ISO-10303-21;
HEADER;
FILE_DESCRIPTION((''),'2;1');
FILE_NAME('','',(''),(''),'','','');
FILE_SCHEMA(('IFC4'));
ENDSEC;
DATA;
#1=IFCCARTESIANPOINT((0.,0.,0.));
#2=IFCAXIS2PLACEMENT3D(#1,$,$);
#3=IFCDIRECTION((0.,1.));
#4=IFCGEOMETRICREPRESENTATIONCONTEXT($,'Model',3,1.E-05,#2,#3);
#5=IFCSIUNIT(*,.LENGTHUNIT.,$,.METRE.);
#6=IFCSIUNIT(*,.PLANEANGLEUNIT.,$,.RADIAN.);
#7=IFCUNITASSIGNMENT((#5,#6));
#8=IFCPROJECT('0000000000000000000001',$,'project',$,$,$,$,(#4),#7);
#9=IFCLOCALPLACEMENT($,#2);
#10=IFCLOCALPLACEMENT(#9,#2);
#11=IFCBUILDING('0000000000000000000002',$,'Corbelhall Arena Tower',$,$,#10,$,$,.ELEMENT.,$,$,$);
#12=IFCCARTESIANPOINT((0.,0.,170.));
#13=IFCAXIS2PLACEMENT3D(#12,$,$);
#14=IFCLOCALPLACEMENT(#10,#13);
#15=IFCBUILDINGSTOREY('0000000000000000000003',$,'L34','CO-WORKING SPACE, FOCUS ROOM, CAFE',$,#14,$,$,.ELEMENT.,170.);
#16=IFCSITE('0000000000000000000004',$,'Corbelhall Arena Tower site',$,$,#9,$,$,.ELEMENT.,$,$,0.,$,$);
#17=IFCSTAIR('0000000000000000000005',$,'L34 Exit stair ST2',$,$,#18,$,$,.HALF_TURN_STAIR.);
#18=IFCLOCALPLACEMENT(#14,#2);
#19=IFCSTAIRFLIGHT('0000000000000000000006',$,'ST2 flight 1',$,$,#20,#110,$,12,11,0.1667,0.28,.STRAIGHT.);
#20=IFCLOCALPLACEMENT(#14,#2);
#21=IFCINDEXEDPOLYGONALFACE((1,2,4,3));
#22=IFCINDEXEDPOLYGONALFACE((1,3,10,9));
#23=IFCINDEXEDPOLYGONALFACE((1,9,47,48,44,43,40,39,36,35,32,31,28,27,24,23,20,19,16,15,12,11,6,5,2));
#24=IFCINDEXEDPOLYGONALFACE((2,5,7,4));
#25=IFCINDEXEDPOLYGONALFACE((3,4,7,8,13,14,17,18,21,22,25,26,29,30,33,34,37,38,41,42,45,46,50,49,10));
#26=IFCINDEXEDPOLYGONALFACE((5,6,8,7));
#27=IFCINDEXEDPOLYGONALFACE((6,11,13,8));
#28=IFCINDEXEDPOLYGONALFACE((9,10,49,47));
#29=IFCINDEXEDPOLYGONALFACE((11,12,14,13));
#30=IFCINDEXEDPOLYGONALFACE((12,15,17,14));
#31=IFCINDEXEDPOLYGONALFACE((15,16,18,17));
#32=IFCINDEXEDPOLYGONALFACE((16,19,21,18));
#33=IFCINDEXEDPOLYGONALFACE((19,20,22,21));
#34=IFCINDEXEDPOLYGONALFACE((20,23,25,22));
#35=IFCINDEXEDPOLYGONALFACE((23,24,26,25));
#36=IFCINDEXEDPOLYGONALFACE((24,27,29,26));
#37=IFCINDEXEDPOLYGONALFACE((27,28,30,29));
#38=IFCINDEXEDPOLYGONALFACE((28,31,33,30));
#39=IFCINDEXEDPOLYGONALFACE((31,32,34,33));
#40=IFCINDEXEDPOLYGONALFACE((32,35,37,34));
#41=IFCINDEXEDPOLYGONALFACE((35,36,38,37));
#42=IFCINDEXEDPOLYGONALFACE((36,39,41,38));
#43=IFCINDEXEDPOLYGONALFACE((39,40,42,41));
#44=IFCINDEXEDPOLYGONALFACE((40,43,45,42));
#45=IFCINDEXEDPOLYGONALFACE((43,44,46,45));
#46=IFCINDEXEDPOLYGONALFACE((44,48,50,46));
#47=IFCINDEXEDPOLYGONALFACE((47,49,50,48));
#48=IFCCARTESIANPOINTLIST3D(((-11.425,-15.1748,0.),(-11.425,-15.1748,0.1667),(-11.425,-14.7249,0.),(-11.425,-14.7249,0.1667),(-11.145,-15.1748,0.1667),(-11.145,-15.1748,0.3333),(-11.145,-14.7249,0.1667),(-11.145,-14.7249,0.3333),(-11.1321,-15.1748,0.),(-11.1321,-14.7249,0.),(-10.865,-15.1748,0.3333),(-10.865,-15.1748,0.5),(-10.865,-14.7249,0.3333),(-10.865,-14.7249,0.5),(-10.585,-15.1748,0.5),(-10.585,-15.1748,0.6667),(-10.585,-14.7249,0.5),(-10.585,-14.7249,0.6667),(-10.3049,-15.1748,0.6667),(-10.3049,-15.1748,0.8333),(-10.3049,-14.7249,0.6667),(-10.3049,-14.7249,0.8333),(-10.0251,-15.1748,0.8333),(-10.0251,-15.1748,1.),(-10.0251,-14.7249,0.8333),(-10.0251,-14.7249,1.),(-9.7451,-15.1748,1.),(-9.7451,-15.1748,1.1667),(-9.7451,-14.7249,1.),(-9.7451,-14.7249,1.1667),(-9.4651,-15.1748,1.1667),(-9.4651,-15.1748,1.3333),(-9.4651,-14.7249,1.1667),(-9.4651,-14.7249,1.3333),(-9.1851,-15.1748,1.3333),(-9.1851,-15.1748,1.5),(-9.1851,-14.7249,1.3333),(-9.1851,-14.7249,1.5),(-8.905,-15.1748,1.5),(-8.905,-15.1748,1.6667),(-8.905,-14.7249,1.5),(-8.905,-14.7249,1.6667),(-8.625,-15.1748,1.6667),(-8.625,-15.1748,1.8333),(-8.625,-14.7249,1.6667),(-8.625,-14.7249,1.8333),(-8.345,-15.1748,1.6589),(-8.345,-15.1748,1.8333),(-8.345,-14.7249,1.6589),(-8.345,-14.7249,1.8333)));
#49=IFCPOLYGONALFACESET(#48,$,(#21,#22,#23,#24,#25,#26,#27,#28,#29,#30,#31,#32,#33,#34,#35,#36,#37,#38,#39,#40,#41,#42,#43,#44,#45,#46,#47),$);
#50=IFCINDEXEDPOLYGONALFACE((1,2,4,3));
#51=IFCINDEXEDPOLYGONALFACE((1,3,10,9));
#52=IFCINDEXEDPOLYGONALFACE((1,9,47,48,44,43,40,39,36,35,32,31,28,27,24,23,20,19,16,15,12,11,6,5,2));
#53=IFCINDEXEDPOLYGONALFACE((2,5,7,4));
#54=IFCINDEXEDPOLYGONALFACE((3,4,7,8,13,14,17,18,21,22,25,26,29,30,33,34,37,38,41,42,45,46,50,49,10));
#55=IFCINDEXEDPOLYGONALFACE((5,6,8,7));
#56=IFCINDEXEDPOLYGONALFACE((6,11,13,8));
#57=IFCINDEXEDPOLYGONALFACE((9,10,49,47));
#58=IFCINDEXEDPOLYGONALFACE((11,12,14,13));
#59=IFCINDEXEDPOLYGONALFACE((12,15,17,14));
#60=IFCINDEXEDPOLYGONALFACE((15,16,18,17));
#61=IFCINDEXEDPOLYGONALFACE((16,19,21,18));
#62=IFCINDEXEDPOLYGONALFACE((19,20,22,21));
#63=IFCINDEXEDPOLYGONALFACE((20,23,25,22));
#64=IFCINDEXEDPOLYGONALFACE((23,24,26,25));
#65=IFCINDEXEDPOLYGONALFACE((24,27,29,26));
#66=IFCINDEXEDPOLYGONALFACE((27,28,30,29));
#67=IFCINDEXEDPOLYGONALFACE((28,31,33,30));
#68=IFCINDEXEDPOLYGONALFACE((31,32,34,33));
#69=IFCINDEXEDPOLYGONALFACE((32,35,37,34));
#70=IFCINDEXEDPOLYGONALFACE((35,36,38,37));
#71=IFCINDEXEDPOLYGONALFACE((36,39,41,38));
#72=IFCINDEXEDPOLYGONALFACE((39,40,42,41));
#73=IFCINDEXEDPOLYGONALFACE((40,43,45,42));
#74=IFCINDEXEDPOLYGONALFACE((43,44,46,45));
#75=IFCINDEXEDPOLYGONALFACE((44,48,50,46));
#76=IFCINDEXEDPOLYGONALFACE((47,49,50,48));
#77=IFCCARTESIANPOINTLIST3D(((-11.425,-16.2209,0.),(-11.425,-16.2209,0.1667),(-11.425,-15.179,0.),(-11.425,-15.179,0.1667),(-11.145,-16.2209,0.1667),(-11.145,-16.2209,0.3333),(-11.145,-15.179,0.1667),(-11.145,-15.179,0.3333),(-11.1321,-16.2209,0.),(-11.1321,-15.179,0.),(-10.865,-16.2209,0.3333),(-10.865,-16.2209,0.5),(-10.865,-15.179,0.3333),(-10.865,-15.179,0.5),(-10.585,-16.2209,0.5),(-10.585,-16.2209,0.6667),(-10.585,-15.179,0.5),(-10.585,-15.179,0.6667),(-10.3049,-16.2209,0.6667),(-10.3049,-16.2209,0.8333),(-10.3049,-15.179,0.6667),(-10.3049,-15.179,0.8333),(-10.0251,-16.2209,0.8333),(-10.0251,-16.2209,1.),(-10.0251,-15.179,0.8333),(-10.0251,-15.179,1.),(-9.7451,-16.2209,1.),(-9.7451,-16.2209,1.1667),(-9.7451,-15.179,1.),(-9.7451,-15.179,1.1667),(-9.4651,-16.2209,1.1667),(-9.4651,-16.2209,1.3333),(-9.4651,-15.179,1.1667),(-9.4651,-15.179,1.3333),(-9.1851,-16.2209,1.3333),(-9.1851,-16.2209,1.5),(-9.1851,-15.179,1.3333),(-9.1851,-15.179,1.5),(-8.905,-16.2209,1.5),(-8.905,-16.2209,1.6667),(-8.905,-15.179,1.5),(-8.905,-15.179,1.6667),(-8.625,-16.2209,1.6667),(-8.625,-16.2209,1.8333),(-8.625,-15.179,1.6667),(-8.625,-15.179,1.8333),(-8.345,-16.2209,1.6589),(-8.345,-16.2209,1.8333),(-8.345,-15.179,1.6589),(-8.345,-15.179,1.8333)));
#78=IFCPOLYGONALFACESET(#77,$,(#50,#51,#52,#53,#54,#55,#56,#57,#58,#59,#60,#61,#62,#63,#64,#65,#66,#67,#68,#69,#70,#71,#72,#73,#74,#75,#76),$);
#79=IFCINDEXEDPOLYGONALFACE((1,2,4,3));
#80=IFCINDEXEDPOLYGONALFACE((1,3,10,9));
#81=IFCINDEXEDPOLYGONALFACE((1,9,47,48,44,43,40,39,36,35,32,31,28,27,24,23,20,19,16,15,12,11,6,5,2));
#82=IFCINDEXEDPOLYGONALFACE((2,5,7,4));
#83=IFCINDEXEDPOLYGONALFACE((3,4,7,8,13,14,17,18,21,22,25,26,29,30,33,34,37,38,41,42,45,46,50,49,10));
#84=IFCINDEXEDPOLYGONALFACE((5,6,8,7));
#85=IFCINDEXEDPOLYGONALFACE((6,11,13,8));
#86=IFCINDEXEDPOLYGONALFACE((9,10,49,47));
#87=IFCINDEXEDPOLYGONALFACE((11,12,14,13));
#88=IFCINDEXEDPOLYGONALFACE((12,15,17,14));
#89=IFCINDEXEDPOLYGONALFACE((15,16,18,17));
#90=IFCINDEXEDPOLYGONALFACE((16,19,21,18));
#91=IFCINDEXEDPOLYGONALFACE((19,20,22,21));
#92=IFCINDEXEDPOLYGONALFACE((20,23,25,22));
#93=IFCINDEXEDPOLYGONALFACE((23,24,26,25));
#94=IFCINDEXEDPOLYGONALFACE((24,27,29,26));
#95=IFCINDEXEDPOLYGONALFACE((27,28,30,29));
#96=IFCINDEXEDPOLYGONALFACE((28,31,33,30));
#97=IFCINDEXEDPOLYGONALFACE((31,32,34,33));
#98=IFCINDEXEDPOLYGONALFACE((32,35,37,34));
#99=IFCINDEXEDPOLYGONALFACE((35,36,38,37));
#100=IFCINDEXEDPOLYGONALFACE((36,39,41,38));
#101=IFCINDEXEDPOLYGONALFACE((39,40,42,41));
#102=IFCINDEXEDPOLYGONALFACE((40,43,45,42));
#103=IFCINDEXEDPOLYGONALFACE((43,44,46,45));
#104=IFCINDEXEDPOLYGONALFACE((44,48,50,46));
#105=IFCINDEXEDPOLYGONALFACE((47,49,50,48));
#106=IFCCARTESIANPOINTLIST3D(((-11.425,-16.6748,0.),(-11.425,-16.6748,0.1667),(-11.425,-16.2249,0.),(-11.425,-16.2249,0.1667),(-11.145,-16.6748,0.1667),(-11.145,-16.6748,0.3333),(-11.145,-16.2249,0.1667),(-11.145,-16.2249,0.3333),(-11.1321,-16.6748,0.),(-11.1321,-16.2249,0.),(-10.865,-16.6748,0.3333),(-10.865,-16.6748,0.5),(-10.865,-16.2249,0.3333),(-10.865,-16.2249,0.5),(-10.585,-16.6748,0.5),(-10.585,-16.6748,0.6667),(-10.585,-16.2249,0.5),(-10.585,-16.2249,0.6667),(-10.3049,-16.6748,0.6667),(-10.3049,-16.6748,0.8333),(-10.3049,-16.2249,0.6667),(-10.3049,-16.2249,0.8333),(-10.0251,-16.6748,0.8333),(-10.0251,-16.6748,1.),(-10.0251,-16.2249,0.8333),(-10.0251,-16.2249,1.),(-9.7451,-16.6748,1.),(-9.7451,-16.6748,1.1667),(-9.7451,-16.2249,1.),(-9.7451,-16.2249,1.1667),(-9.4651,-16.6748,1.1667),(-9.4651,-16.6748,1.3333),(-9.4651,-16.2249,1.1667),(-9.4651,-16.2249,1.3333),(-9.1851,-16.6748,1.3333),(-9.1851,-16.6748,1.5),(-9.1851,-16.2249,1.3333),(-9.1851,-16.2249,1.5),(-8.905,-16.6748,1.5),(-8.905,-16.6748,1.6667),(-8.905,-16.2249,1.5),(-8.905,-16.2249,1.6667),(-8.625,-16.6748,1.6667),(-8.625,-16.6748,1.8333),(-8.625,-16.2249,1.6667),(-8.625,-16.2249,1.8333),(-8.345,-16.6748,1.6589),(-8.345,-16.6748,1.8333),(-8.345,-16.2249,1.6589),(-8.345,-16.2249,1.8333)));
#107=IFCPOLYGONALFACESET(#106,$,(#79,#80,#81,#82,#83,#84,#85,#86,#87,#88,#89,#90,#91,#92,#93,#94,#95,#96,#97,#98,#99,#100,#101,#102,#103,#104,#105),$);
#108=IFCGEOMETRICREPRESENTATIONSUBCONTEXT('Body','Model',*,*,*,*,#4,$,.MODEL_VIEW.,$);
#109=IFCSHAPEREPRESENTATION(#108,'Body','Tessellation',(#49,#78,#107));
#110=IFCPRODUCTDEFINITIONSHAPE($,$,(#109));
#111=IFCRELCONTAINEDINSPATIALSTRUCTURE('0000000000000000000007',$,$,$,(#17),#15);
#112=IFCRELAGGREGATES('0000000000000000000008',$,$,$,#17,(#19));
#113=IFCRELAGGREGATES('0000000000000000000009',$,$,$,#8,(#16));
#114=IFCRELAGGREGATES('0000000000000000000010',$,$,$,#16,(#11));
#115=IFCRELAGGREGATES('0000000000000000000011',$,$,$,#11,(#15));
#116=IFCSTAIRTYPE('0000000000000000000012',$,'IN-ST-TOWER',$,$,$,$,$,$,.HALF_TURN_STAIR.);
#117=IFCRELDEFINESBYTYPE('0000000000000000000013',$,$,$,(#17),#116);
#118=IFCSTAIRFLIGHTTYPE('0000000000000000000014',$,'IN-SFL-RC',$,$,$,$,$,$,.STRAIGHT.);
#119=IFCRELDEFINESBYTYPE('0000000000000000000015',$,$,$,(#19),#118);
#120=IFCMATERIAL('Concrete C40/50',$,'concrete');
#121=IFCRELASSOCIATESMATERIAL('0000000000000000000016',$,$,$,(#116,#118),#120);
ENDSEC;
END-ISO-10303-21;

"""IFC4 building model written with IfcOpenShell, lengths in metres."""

from ifc_helpers import new_model, si_unit, direction, frame, origin, place, context, subcontext, project, spatial, polyline, outline, extrude, material, type_object, element, aggregate, save


model = new_model("IFC4")

# Units and contexts
model_context = context("Model", 3, precision=1e-05, world=origin(), true_north=direction((0.0, 1.0)))
body_context = subcontext(model_context, "Body", "Model", "MODEL_VIEW")
ifc_project = project(units=[si_unit("LENGTHUNIT", "METRE"), si_unit("PLANEANGLEUNIT", "RADIAN")], contexts=[model_context])

# Site, building, storey
site_placement = place(None, origin())
site = spatial("IfcSite", under=ifc_project, at=site_placement, Name="Corbelhall Arena Tower site", CompositionType="ELEMENT", RefElevation=0.0)
building_placement = place(site_placement, origin())
building = spatial("IfcBuilding", under=site, at=building_placement, Name="Corbelhall Arena Tower", CompositionType="ELEMENT")
storey_placement = place(building_placement, frame((0.0, 0.0, 170.0)))
storey = spatial("IfcBuildingStorey", under=building, at=storey_placement, Name="L34", Description="CO-WORKING SPACE, FOCUS ROOM, CAFE", CompositionType="ELEMENT", Elevation=170.0)

# Stair, stair flight
ifc_material_1 = material(Name="Concrete C40/50", Category="concrete")
stair_type = type_object("IfcStairType", Name="IN-ST-TOWER", PredefinedType="HALF_TURN_STAIR", material=ifc_material_1)
stair_placement = place(storey_placement, origin())
stair = element("IfcStair", 1, at=stair_placement, inside=storey, type_object=stair_type, Name="L34 Exit stair ST2", PredefinedType="HALF_TURN_STAIR")
stair_flight_type = type_object("IfcStairFlightType", Name="IN-SFL-RC", PredefinedType="STRAIGHT", material=ifc_material_1)
stair_flight_placement = place(storey_placement, frame((-11.425, -15.7, 0.0), z_axis=(0.0, 0.0, 1.0), x_axis=(1.0, 0.0, 0.0)))
stair_flight = element("IfcStairFlight", 2, at=stair_flight_placement, type_object=stair_flight_type, Name="ST2 flight 1", NumberOfRisers=12, NumberOfTreads=11, PredefinedType="STRAIGHT", RiserHeight=0.1667, TreadLength=0.28, context=body_context, shape_type="SweptSolid", body=[
    extrude(outline(polyline([(0.0, 0.0), (0.0, 0.1667), (0.28, 0.1667), (0.28, 0.3333), (0.5601, 0.3333), (0.5601, 0.5), (0.8401, 0.5), (0.8401, 0.6667), (1.1201, 0.6667), (1.1201, 0.8333), (1.3999, 0.8333), (1.3999, 1.0), (1.6799, 1.0), (1.6799, 1.1667), (1.96, 1.1667), (1.96, 1.3333), (2.24, 1.3333), (2.24, 1.5), (2.52, 1.5), (2.52, 1.6667), (2.8, 1.6667), (2.8, 1.8333), (3.0801, 1.8333), (3.0801, 2.0), (3.0801, 1.6589), (0.293, 0.0), (0.0, 0.0)])), frame((0.0, 0.9751, 0.0), z_axis=(0.0, -1.0, 0.0), x_axis=(1.0, 0.0, 0.0)), (0.0, 0.0, 1.0), 0.45),
    extrude(outline(polyline([(0.0, 0.0), (0.0, 0.1667), (0.28, 0.1667), (0.28, 0.3333), (0.5601, 0.3333), (0.5601, 0.5), (0.8401, 0.5), (0.8401, 0.6667), (1.1201, 0.6667), (1.1201, 0.8333), (1.3999, 0.8333), (1.3999, 1.0), (1.6799, 1.0), (1.6799, 1.1667), (1.96, 1.1667), (1.96, 1.3333), (2.24, 1.3333), (2.24, 1.5), (2.52, 1.5), (2.52, 1.6667), (2.8, 1.6667), (2.8, 1.8333), (3.0801, 1.8333), (3.0801, 2.0), (3.0801, 1.6589), (0.293, 0.0), (0.0, 0.0)])), frame((0.0, 0.521, 0.0), z_axis=(0.0, -1.0, 0.0), x_axis=(1.0, 0.0, 0.0)), (0.0, 0.0, 1.0), 1.042),
    extrude(outline(polyline([(0.0, 0.0), (0.0, 0.1667), (0.28, 0.1667), (0.28, 0.3333), (0.5601, 0.3333), (0.5601, 0.5), (0.8401, 0.5), (0.8401, 0.6667), (1.1201, 0.6667), (1.1201, 0.8333), (1.3999, 0.8333), (1.3999, 1.0), (1.6799, 1.0), (1.6799, 1.1667), (1.96, 1.1667), (1.96, 1.3333), (2.24, 1.3333), (2.24, 1.5), (2.52, 1.5), (2.52, 1.6667), (2.8, 1.6667), (2.8, 1.8333), (3.0801, 1.8333), (3.0801, 2.0), (3.0801, 1.6589), (0.293, 0.0), (0.0, 0.0)])), frame((0.0, -0.5249, 0.0), z_axis=(0.0, -1.0, 0.0), x_axis=(1.0, 0.0, 0.0)), (0.0, 0.0, 1.0), 0.45),
])
aggregate(stair, [stair_flight])

save(model, "model.ifc")
